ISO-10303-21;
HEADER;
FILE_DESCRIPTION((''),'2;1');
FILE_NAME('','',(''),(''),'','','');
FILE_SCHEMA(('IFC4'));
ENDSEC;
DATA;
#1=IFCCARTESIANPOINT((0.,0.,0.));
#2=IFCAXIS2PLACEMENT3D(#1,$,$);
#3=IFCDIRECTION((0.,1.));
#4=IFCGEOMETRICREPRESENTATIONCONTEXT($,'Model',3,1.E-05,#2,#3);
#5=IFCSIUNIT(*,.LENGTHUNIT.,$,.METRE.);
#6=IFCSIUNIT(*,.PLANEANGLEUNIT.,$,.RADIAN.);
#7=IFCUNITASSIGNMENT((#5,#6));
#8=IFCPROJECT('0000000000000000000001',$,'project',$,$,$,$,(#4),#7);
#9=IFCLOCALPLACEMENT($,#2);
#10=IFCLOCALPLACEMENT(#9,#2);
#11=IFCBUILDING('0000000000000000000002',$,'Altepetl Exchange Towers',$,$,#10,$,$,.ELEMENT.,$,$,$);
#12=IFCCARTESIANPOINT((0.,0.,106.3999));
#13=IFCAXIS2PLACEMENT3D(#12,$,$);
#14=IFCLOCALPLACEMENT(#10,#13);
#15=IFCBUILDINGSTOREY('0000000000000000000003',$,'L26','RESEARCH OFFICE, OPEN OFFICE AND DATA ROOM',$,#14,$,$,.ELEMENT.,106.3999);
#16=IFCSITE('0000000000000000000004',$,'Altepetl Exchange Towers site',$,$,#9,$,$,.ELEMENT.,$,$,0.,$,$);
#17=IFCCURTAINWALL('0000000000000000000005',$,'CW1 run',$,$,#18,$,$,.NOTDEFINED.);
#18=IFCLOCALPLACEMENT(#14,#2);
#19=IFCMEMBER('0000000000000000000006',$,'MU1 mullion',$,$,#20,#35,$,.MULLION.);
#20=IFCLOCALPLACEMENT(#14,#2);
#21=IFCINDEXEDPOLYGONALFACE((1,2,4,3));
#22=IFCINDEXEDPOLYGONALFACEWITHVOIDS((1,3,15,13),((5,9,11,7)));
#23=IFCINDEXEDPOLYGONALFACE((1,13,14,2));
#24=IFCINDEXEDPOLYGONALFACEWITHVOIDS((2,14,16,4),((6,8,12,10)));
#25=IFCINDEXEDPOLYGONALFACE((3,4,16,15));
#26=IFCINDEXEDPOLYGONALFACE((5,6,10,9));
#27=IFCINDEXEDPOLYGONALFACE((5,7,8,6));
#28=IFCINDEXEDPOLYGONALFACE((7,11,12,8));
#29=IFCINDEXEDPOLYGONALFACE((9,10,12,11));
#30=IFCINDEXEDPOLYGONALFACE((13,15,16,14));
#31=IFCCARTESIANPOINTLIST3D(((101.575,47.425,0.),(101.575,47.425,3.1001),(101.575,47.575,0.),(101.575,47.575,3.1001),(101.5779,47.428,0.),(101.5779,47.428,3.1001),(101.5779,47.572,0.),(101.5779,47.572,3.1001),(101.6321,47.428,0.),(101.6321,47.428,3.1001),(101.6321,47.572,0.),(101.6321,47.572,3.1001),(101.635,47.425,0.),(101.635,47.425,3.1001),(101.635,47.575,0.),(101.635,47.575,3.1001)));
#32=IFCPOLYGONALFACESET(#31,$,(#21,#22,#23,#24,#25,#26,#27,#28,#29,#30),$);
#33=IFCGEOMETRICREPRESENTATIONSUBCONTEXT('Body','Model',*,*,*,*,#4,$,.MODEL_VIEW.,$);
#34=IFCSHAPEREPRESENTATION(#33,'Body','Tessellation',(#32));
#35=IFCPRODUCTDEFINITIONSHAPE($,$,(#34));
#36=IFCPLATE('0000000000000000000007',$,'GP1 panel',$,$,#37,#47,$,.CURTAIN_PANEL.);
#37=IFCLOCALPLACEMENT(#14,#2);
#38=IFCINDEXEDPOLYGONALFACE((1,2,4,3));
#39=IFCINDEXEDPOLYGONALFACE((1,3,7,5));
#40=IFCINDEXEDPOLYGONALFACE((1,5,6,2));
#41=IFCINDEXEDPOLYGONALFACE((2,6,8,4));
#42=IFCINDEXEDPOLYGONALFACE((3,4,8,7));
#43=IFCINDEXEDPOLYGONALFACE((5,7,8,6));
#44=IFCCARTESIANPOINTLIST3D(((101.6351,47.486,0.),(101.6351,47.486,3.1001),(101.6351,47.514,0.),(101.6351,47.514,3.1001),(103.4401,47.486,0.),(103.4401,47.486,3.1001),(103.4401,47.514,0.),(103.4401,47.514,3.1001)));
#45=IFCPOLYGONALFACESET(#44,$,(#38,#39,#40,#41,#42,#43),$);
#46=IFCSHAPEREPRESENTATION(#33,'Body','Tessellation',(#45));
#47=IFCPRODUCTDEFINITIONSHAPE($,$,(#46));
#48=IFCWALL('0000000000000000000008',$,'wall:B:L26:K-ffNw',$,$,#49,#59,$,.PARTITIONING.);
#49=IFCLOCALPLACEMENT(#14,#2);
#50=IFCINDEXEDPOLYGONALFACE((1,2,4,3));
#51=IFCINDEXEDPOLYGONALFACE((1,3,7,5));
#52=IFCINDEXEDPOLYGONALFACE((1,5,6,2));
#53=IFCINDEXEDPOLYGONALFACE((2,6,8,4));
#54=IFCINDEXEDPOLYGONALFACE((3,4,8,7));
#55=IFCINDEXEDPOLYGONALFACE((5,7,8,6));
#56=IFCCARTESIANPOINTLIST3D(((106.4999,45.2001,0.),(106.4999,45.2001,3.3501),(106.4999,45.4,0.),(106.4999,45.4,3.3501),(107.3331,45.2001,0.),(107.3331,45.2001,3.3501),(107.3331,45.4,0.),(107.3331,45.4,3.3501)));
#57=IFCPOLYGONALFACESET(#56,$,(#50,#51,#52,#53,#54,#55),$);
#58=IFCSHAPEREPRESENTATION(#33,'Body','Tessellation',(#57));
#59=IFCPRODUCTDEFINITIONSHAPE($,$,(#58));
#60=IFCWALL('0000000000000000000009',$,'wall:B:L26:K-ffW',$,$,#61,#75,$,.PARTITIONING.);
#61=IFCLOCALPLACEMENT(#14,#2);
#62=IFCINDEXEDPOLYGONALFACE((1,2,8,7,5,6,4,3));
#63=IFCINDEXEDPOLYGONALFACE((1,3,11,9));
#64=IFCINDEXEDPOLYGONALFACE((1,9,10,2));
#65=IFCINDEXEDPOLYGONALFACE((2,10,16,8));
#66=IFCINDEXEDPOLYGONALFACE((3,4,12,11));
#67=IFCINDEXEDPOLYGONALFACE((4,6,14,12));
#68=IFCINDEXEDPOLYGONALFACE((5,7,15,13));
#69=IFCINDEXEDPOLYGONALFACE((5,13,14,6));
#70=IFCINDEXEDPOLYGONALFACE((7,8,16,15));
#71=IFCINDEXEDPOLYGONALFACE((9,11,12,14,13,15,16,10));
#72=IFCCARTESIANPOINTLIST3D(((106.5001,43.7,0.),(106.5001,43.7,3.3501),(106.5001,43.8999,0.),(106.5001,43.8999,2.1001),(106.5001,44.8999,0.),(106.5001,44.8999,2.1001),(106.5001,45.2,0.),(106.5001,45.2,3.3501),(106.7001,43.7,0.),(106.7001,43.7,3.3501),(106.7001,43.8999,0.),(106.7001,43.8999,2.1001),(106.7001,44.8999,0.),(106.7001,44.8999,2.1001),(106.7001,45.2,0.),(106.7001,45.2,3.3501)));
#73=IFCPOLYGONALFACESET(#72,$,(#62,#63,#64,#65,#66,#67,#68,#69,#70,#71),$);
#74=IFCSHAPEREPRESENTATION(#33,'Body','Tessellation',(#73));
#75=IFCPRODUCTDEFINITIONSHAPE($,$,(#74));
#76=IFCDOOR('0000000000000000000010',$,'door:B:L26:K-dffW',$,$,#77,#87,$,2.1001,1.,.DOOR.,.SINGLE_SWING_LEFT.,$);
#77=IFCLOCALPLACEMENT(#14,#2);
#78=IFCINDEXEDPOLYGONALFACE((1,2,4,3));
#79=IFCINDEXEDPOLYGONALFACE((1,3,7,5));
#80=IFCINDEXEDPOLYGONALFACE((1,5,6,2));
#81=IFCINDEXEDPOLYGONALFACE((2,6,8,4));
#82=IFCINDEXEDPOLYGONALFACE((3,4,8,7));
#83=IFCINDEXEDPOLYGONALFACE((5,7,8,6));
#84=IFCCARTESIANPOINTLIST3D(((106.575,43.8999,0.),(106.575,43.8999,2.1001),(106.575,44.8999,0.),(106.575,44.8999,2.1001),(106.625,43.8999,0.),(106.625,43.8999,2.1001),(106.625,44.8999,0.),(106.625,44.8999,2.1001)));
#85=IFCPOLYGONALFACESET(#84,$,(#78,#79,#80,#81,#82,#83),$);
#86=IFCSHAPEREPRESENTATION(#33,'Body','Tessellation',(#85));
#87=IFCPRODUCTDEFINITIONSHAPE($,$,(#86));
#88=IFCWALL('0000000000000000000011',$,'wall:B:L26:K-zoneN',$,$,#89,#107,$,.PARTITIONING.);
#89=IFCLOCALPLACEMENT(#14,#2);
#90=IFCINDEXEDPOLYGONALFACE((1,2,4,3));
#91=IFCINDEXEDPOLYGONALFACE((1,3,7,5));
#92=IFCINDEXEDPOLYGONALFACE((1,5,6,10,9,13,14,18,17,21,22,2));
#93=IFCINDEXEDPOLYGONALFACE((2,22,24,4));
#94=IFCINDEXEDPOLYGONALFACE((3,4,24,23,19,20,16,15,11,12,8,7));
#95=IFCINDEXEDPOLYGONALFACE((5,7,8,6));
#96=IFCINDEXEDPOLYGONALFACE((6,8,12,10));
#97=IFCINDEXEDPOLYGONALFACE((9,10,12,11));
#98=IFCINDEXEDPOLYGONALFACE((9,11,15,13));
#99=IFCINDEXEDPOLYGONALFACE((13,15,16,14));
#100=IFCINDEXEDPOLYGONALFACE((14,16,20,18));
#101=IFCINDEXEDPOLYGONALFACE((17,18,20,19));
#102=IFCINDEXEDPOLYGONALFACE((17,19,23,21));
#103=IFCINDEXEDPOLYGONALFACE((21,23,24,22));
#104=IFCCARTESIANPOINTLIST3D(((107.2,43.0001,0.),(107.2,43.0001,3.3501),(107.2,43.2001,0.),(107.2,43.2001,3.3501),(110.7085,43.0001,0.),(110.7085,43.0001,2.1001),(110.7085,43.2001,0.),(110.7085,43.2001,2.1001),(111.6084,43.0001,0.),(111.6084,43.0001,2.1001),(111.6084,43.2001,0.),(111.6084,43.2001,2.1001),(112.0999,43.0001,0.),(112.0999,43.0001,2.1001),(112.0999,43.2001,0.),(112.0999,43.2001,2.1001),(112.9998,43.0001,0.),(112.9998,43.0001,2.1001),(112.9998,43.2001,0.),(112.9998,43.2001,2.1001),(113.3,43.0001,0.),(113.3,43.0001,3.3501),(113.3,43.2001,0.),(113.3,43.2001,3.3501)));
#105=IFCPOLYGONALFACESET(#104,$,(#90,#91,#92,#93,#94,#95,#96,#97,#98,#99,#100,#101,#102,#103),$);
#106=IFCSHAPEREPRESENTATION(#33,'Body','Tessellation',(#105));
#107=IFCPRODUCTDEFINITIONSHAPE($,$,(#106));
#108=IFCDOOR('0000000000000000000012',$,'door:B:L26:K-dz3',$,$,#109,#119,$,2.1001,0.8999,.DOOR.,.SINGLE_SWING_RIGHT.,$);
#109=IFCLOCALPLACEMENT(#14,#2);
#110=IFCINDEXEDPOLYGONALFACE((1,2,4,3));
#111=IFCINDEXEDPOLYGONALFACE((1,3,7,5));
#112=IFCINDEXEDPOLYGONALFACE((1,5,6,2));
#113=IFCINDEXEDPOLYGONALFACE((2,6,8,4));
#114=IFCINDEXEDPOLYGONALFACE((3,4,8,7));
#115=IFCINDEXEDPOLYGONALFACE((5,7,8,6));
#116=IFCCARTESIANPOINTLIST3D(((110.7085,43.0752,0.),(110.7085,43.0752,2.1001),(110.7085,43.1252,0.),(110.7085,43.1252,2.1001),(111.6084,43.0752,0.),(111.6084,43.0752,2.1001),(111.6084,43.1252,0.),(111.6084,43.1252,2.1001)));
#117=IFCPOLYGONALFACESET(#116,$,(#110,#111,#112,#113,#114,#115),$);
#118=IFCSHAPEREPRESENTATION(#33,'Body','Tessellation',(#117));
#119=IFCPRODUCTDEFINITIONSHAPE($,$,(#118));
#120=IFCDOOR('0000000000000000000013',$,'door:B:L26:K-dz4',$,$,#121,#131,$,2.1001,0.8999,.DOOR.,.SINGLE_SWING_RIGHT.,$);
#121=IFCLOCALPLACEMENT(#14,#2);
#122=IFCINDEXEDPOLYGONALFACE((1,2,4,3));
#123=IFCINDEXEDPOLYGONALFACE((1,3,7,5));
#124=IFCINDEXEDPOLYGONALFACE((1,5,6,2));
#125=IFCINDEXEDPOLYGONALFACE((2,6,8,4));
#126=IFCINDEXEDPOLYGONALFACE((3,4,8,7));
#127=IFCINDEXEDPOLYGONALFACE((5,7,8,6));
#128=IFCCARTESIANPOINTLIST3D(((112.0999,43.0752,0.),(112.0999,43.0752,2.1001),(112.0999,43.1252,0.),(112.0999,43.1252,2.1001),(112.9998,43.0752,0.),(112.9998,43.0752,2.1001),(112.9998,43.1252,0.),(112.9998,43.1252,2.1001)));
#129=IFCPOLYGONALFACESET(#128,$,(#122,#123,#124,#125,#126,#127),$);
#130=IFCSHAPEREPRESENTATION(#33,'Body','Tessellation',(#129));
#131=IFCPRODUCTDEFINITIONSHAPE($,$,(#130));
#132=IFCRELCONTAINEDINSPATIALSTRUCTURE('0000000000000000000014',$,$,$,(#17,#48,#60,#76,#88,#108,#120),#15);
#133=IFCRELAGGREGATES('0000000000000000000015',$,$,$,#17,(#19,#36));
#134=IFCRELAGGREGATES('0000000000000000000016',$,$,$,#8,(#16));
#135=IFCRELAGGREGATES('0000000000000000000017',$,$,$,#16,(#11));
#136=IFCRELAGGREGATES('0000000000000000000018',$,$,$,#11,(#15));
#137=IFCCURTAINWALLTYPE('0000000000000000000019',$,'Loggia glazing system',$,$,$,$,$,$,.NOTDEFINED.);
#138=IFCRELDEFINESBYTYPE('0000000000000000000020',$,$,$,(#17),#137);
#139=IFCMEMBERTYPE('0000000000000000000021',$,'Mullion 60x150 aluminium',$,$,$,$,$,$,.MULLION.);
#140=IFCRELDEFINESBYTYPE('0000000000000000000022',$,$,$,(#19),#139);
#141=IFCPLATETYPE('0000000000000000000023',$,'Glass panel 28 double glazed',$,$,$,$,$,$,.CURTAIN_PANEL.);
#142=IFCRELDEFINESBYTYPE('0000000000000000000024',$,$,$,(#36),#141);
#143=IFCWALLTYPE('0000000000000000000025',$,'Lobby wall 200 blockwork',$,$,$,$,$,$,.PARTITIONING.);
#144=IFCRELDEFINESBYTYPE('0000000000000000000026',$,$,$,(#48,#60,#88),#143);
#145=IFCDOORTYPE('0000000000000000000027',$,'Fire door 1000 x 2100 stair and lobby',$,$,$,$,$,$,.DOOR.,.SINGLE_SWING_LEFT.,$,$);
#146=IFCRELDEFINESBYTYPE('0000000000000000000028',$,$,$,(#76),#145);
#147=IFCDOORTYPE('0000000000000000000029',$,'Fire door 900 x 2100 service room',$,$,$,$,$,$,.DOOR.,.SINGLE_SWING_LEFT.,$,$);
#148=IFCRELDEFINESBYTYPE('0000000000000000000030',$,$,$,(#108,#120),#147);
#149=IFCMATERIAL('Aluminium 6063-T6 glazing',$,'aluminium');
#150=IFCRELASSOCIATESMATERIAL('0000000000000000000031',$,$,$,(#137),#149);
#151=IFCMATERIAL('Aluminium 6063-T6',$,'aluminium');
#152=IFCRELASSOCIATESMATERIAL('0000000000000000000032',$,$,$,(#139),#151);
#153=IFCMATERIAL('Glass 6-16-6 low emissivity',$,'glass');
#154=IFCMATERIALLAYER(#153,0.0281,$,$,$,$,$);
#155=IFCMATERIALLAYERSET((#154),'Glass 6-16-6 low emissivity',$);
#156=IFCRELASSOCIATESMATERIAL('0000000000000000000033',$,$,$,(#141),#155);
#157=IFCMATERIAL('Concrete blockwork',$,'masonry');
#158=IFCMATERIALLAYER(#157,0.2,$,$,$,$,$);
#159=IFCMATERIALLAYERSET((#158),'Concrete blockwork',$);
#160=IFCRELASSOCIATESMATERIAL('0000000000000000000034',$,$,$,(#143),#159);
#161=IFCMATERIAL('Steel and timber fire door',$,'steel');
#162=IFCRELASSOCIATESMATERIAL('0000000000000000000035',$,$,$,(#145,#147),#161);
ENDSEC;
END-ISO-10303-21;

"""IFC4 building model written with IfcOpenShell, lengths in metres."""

from ifc_helpers import new_model, si_unit, direction, frame, frame_2d, origin, origin_2d, place, context, subcontext, project, spatial, rectangle, hollow_rectangle, extrude, material, layer, layer_set, material_profile, profile_set, type_object, element, fill, aggregate, save


model = new_model("IFC4")

# Units and contexts
model_context = context("Model", 3, precision=1e-05, world=origin(), true_north=direction((0.0, 1.0)))
body_context = subcontext(model_context, "Body", "Model", "MODEL_VIEW")
ifc_project = project(units=[si_unit("LENGTHUNIT", "METRE"), si_unit("PLANEANGLEUNIT", "RADIAN")], contexts=[model_context])

# Site, building, storey
site_placement = place(None, origin())
site = spatial("IfcSite", under=ifc_project, at=site_placement, Name="Altepetl Exchange Towers site", CompositionType="ELEMENT", RefElevation=0.0)
building_placement = place(site_placement, origin())
building = spatial("IfcBuilding", under=site, at=building_placement, Name="Altepetl Exchange Towers", CompositionType="ELEMENT")
storey_placement = place(building_placement, frame((0.0, 0.0, 106.3999)))
storey = spatial("IfcBuildingStorey", under=building, at=storey_placement, Name="L26", Description="RESEARCH OFFICE, OPEN OFFICE AND DATA ROOM", CompositionType="ELEMENT", Elevation=106.3999)

# Curtain wall, member, plate
ifc_material_1 = material(Name="Aluminium 6063-T6 glazing", Category="aluminium")
curtain_wall_type = type_object("IfcCurtainWallType", Name="Loggia glazing system", PredefinedType="NOTDEFINED", material=ifc_material_1)
curtain_wall_placement = place(storey_placement, origin())
curtain_wall = element("IfcCurtainWall", 1, at=curtain_wall_placement, inside=storey, type_object=curtain_wall_type, Name="CW1 run", PredefinedType="NOTDEFINED")
ifc_material_2 = material(Name="Aluminium 6063-T6", Category="aluminium")
ifc_material_profile = material_profile(ifc_material_2, hollow_rectangle(XDim=0.0601, YDim=0.1499, WallThickness=0.0029, at=origin_2d()), Name="Mullion 60x150 aluminium")
ifc_profile_set = profile_set([ifc_material_profile], Name="Aluminium 6063-T6")
member_type = type_object("IfcMemberType", Name="Mullion 60x150 aluminium", PredefinedType="MULLION", material=ifc_profile_set)
member_placement = place(storey_placement, frame((101.605, 47.5, 0.0), z_axis=(0.0, 0.0, 1.0), x_axis=(-1.0, 0.0, 0.0)))
member = element("IfcMember", 2, at=member_placement, type_object=member_type, Name="MU1 mullion", PredefinedType="MULLION", context=body_context, shape_type="SweptSolid", body=[
    extrude(hollow_rectangle(XDim=0.0601, YDim=0.1499, WallThickness=0.0029, at=origin_2d()), origin(), (0.0, 0.0, 1.0), 3.1001),
])
ifc_material_3 = material(Name="Glass 6-16-6 low emissivity", Category="glass")
ifc_layer_1 = layer(ifc_material_3, 0.0281)
ifc_layer_set_1 = layer_set([ifc_layer_1], Name="Glass 6-16-6 low emissivity")
plate_type = type_object("IfcPlateType", Name="Glass panel 28 double glazed", PredefinedType="CURTAIN_PANEL", material=ifc_layer_set_1)
plate_placement = place(storey_placement, frame((102.5376, 47.5, 0.0), z_axis=(0.0, 0.0, 1.0), x_axis=(-1.0, 0.0, 0.0)))
plate = element("IfcPlate", 3, at=plate_placement, type_object=plate_type, Name="GP1 panel", PredefinedType="CURTAIN_PANEL", context=body_context, shape_type="SweptSolid", body=[
    extrude(rectangle(XDim=1.8049, YDim=0.0281, at=origin_2d()), origin(), (0.0, 0.0, 1.0), 3.1001),
])
aggregate(curtain_wall, [member, plate])

# Wall
ifc_material_4 = material(Name="Concrete blockwork", Category="masonry")
ifc_layer_2 = layer(ifc_material_4, 0.2)
ifc_layer_set_2 = layer_set([ifc_layer_2], Name="Concrete blockwork")
wall_type_1 = type_object("IfcWallType", Name="Lobby wall 200 blockwork", PredefinedType="PARTITIONING", material=ifc_layer_set_2)
wall_1_placement = place(storey_placement, frame((106.5, 45.3, 0.0)))
element("IfcWall", 4, at=wall_1_placement, inside=storey, type_object=wall_type_1, Name="wall:B:L26:K-ffNw", PredefinedType="PARTITIONING", context=body_context, shape_type="SweptSolid", body=[
    extrude(rectangle(XDim=0.8333, YDim=0.2, at=frame_2d((0.4165, 0.0))), origin(), (0.0, 0.0, 1.0), 3.3501),
])

# Wall, opening, door
wall_2_placement = place(storey_placement, frame((106.6001, 43.7, 0.0), z_axis=(0.0, 0.0, 1.0), x_axis=(0.0, 1.0, 0.0)))
wall_2 = element("IfcWall", 5, at=wall_2_placement, inside=storey, type_object=wall_type_1, Name="wall:B:L26:K-ffW", PredefinedType="PARTITIONING", context=body_context, shape_type="SweptSolid", body=[
    extrude(rectangle(XDim=1.5, YDim=0.2, at=frame_2d((0.75, 0.0))), origin(), (0.0, 0.0, 1.0), 3.3501),
])
opening_1_placement = place(wall_2_placement, frame((0.2, 0.0, 0.0)))
opening_1 = element("IfcOpeningElement", 6, at=opening_1_placement, cuts=wall_2, PredefinedType="OPENING", context=body_context, shape_type="SweptSolid", body=[
    extrude(rectangle(XDim=1.0, YDim=2.1001, at=frame_2d((0.5, 1.05))), frame((0.0, 0.1099, 0.0), z_axis=(0.0, -1.0, 0.0), x_axis=(1.0, 0.0, 0.0)), (0.0, 0.0, 1.0), 0.22),
])
ifc_material_5 = material(Name="Steel and timber fire door", Category="steel")
door_type_1 = type_object("IfcDoorType", Name="Fire door 1000 x 2100 stair and lobby", OperationType="SINGLE_SWING_LEFT", PredefinedType="DOOR", material=ifc_material_5)
door_1_placement = place(opening_1_placement, frame((1.0, 0.0, 0.0), x_axis=(-1.0, 0.0, 0.0)))
door_1 = element("IfcDoor", 7, at=door_1_placement, inside=storey, type_object=door_type_1, Name="door:B:L26:K-dffW", OperationType="SINGLE_SWING_LEFT", OverallHeight=2.1001, OverallWidth=1.0, PredefinedType="DOOR", context=body_context, shape_type="SweptSolid", body=[
    extrude(rectangle(XDim=1.0, YDim=2.1001, at=frame_2d((0.5, 1.05))), frame((0.0, 0.0249, 0.0), z_axis=(0.0, -1.0, 0.0), x_axis=(1.0, 0.0, 0.0)), (0.0, 0.0, 1.0), 0.05),
])
fill(opening_1, door_1)

# Wall, openings, doors
wall_3_placement = place(storey_placement, frame((107.2, 43.1001, 0.0)))
wall_3 = element("IfcWall", 8, at=wall_3_placement, inside=storey, type_object=wall_type_1, Name="wall:B:L26:K-zoneN", PredefinedType="PARTITIONING", context=body_context, shape_type="SweptSolid", body=[
    extrude(rectangle(XDim=6.1001, YDim=0.2, at=frame_2d((3.05, 0.0))), origin(), (0.0, 0.0, 1.0), 3.3501),
])
opening_2_placement = place(wall_3_placement, frame((3.5085, 0.0, 0.0)))
opening_2 = element("IfcOpeningElement", 9, at=opening_2_placement, cuts=wall_3, PredefinedType="OPENING", context=body_context, shape_type="SweptSolid", body=[
    extrude(rectangle(XDim=0.8999, YDim=2.1001, at=frame_2d((0.45, 1.05))), frame((0.0, 0.1099, 0.0), z_axis=(0.0, -1.0, 0.0), x_axis=(1.0, 0.0, 0.0)), (0.0, 0.0, 1.0), 0.22),
])
opening_3_placement = place(wall_3_placement, frame((4.8999, 0.0, 0.0)))
opening_3 = element("IfcOpeningElement", 10, at=opening_3_placement, cuts=wall_3, PredefinedType="OPENING", context=body_context, shape_type="SweptSolid", body=[
    extrude(rectangle(XDim=0.8999, YDim=2.1001, at=frame_2d((0.45, 1.05))), frame((0.0, 0.1099, 0.0), z_axis=(0.0, -1.0, 0.0), x_axis=(1.0, 0.0, 0.0)), (0.0, 0.0, 1.0), 0.22),
])
door_type_2 = type_object("IfcDoorType", Name="Fire door 900 x 2100 service room", OperationType="SINGLE_SWING_LEFT", PredefinedType="DOOR", material=ifc_material_5)
door_2_placement = place(opening_2_placement, frame((0.8999, 0.0, 0.0), x_axis=(-1.0, 0.0, 0.0)))
door_2 = element("IfcDoor", 11, at=door_2_placement, inside=storey, type_object=door_type_2, Name="door:B:L26:K-dz3", OperationType="SINGLE_SWING_RIGHT", OverallHeight=2.1001, OverallWidth=0.8999, PredefinedType="DOOR", context=body_context, shape_type="SweptSolid", body=[
    extrude(rectangle(XDim=0.8999, YDim=2.1001, at=frame_2d((0.45, 1.05))), frame((0.0, 0.0249, 0.0), z_axis=(0.0, -1.0, 0.0), x_axis=(1.0, 0.0, 0.0)), (0.0, 0.0, 1.0), 0.05),
])
fill(opening_2, door_2)
door_3_placement = place(opening_3_placement, frame((0.8999, 0.0, 0.0), x_axis=(-1.0, 0.0, 0.0)))
door_3 = element("IfcDoor", 12, at=door_3_placement, inside=storey, type_object=door_type_2, Name="door:B:L26:K-dz4", OperationType="SINGLE_SWING_RIGHT", OverallHeight=2.1001, OverallWidth=0.8999, PredefinedType="DOOR", context=body_context, shape_type="SweptSolid", body=[
    extrude(rectangle(XDim=0.8999, YDim=2.1001, at=frame_2d((0.45, 1.05))), frame((0.0, 0.0249, 0.0), z_axis=(0.0, -1.0, 0.0), x_axis=(1.0, 0.0, 0.0)), (0.0, 0.0, 1.0), 0.05),
])
fill(opening_3, door_3)

save(model, "model.ifc")
